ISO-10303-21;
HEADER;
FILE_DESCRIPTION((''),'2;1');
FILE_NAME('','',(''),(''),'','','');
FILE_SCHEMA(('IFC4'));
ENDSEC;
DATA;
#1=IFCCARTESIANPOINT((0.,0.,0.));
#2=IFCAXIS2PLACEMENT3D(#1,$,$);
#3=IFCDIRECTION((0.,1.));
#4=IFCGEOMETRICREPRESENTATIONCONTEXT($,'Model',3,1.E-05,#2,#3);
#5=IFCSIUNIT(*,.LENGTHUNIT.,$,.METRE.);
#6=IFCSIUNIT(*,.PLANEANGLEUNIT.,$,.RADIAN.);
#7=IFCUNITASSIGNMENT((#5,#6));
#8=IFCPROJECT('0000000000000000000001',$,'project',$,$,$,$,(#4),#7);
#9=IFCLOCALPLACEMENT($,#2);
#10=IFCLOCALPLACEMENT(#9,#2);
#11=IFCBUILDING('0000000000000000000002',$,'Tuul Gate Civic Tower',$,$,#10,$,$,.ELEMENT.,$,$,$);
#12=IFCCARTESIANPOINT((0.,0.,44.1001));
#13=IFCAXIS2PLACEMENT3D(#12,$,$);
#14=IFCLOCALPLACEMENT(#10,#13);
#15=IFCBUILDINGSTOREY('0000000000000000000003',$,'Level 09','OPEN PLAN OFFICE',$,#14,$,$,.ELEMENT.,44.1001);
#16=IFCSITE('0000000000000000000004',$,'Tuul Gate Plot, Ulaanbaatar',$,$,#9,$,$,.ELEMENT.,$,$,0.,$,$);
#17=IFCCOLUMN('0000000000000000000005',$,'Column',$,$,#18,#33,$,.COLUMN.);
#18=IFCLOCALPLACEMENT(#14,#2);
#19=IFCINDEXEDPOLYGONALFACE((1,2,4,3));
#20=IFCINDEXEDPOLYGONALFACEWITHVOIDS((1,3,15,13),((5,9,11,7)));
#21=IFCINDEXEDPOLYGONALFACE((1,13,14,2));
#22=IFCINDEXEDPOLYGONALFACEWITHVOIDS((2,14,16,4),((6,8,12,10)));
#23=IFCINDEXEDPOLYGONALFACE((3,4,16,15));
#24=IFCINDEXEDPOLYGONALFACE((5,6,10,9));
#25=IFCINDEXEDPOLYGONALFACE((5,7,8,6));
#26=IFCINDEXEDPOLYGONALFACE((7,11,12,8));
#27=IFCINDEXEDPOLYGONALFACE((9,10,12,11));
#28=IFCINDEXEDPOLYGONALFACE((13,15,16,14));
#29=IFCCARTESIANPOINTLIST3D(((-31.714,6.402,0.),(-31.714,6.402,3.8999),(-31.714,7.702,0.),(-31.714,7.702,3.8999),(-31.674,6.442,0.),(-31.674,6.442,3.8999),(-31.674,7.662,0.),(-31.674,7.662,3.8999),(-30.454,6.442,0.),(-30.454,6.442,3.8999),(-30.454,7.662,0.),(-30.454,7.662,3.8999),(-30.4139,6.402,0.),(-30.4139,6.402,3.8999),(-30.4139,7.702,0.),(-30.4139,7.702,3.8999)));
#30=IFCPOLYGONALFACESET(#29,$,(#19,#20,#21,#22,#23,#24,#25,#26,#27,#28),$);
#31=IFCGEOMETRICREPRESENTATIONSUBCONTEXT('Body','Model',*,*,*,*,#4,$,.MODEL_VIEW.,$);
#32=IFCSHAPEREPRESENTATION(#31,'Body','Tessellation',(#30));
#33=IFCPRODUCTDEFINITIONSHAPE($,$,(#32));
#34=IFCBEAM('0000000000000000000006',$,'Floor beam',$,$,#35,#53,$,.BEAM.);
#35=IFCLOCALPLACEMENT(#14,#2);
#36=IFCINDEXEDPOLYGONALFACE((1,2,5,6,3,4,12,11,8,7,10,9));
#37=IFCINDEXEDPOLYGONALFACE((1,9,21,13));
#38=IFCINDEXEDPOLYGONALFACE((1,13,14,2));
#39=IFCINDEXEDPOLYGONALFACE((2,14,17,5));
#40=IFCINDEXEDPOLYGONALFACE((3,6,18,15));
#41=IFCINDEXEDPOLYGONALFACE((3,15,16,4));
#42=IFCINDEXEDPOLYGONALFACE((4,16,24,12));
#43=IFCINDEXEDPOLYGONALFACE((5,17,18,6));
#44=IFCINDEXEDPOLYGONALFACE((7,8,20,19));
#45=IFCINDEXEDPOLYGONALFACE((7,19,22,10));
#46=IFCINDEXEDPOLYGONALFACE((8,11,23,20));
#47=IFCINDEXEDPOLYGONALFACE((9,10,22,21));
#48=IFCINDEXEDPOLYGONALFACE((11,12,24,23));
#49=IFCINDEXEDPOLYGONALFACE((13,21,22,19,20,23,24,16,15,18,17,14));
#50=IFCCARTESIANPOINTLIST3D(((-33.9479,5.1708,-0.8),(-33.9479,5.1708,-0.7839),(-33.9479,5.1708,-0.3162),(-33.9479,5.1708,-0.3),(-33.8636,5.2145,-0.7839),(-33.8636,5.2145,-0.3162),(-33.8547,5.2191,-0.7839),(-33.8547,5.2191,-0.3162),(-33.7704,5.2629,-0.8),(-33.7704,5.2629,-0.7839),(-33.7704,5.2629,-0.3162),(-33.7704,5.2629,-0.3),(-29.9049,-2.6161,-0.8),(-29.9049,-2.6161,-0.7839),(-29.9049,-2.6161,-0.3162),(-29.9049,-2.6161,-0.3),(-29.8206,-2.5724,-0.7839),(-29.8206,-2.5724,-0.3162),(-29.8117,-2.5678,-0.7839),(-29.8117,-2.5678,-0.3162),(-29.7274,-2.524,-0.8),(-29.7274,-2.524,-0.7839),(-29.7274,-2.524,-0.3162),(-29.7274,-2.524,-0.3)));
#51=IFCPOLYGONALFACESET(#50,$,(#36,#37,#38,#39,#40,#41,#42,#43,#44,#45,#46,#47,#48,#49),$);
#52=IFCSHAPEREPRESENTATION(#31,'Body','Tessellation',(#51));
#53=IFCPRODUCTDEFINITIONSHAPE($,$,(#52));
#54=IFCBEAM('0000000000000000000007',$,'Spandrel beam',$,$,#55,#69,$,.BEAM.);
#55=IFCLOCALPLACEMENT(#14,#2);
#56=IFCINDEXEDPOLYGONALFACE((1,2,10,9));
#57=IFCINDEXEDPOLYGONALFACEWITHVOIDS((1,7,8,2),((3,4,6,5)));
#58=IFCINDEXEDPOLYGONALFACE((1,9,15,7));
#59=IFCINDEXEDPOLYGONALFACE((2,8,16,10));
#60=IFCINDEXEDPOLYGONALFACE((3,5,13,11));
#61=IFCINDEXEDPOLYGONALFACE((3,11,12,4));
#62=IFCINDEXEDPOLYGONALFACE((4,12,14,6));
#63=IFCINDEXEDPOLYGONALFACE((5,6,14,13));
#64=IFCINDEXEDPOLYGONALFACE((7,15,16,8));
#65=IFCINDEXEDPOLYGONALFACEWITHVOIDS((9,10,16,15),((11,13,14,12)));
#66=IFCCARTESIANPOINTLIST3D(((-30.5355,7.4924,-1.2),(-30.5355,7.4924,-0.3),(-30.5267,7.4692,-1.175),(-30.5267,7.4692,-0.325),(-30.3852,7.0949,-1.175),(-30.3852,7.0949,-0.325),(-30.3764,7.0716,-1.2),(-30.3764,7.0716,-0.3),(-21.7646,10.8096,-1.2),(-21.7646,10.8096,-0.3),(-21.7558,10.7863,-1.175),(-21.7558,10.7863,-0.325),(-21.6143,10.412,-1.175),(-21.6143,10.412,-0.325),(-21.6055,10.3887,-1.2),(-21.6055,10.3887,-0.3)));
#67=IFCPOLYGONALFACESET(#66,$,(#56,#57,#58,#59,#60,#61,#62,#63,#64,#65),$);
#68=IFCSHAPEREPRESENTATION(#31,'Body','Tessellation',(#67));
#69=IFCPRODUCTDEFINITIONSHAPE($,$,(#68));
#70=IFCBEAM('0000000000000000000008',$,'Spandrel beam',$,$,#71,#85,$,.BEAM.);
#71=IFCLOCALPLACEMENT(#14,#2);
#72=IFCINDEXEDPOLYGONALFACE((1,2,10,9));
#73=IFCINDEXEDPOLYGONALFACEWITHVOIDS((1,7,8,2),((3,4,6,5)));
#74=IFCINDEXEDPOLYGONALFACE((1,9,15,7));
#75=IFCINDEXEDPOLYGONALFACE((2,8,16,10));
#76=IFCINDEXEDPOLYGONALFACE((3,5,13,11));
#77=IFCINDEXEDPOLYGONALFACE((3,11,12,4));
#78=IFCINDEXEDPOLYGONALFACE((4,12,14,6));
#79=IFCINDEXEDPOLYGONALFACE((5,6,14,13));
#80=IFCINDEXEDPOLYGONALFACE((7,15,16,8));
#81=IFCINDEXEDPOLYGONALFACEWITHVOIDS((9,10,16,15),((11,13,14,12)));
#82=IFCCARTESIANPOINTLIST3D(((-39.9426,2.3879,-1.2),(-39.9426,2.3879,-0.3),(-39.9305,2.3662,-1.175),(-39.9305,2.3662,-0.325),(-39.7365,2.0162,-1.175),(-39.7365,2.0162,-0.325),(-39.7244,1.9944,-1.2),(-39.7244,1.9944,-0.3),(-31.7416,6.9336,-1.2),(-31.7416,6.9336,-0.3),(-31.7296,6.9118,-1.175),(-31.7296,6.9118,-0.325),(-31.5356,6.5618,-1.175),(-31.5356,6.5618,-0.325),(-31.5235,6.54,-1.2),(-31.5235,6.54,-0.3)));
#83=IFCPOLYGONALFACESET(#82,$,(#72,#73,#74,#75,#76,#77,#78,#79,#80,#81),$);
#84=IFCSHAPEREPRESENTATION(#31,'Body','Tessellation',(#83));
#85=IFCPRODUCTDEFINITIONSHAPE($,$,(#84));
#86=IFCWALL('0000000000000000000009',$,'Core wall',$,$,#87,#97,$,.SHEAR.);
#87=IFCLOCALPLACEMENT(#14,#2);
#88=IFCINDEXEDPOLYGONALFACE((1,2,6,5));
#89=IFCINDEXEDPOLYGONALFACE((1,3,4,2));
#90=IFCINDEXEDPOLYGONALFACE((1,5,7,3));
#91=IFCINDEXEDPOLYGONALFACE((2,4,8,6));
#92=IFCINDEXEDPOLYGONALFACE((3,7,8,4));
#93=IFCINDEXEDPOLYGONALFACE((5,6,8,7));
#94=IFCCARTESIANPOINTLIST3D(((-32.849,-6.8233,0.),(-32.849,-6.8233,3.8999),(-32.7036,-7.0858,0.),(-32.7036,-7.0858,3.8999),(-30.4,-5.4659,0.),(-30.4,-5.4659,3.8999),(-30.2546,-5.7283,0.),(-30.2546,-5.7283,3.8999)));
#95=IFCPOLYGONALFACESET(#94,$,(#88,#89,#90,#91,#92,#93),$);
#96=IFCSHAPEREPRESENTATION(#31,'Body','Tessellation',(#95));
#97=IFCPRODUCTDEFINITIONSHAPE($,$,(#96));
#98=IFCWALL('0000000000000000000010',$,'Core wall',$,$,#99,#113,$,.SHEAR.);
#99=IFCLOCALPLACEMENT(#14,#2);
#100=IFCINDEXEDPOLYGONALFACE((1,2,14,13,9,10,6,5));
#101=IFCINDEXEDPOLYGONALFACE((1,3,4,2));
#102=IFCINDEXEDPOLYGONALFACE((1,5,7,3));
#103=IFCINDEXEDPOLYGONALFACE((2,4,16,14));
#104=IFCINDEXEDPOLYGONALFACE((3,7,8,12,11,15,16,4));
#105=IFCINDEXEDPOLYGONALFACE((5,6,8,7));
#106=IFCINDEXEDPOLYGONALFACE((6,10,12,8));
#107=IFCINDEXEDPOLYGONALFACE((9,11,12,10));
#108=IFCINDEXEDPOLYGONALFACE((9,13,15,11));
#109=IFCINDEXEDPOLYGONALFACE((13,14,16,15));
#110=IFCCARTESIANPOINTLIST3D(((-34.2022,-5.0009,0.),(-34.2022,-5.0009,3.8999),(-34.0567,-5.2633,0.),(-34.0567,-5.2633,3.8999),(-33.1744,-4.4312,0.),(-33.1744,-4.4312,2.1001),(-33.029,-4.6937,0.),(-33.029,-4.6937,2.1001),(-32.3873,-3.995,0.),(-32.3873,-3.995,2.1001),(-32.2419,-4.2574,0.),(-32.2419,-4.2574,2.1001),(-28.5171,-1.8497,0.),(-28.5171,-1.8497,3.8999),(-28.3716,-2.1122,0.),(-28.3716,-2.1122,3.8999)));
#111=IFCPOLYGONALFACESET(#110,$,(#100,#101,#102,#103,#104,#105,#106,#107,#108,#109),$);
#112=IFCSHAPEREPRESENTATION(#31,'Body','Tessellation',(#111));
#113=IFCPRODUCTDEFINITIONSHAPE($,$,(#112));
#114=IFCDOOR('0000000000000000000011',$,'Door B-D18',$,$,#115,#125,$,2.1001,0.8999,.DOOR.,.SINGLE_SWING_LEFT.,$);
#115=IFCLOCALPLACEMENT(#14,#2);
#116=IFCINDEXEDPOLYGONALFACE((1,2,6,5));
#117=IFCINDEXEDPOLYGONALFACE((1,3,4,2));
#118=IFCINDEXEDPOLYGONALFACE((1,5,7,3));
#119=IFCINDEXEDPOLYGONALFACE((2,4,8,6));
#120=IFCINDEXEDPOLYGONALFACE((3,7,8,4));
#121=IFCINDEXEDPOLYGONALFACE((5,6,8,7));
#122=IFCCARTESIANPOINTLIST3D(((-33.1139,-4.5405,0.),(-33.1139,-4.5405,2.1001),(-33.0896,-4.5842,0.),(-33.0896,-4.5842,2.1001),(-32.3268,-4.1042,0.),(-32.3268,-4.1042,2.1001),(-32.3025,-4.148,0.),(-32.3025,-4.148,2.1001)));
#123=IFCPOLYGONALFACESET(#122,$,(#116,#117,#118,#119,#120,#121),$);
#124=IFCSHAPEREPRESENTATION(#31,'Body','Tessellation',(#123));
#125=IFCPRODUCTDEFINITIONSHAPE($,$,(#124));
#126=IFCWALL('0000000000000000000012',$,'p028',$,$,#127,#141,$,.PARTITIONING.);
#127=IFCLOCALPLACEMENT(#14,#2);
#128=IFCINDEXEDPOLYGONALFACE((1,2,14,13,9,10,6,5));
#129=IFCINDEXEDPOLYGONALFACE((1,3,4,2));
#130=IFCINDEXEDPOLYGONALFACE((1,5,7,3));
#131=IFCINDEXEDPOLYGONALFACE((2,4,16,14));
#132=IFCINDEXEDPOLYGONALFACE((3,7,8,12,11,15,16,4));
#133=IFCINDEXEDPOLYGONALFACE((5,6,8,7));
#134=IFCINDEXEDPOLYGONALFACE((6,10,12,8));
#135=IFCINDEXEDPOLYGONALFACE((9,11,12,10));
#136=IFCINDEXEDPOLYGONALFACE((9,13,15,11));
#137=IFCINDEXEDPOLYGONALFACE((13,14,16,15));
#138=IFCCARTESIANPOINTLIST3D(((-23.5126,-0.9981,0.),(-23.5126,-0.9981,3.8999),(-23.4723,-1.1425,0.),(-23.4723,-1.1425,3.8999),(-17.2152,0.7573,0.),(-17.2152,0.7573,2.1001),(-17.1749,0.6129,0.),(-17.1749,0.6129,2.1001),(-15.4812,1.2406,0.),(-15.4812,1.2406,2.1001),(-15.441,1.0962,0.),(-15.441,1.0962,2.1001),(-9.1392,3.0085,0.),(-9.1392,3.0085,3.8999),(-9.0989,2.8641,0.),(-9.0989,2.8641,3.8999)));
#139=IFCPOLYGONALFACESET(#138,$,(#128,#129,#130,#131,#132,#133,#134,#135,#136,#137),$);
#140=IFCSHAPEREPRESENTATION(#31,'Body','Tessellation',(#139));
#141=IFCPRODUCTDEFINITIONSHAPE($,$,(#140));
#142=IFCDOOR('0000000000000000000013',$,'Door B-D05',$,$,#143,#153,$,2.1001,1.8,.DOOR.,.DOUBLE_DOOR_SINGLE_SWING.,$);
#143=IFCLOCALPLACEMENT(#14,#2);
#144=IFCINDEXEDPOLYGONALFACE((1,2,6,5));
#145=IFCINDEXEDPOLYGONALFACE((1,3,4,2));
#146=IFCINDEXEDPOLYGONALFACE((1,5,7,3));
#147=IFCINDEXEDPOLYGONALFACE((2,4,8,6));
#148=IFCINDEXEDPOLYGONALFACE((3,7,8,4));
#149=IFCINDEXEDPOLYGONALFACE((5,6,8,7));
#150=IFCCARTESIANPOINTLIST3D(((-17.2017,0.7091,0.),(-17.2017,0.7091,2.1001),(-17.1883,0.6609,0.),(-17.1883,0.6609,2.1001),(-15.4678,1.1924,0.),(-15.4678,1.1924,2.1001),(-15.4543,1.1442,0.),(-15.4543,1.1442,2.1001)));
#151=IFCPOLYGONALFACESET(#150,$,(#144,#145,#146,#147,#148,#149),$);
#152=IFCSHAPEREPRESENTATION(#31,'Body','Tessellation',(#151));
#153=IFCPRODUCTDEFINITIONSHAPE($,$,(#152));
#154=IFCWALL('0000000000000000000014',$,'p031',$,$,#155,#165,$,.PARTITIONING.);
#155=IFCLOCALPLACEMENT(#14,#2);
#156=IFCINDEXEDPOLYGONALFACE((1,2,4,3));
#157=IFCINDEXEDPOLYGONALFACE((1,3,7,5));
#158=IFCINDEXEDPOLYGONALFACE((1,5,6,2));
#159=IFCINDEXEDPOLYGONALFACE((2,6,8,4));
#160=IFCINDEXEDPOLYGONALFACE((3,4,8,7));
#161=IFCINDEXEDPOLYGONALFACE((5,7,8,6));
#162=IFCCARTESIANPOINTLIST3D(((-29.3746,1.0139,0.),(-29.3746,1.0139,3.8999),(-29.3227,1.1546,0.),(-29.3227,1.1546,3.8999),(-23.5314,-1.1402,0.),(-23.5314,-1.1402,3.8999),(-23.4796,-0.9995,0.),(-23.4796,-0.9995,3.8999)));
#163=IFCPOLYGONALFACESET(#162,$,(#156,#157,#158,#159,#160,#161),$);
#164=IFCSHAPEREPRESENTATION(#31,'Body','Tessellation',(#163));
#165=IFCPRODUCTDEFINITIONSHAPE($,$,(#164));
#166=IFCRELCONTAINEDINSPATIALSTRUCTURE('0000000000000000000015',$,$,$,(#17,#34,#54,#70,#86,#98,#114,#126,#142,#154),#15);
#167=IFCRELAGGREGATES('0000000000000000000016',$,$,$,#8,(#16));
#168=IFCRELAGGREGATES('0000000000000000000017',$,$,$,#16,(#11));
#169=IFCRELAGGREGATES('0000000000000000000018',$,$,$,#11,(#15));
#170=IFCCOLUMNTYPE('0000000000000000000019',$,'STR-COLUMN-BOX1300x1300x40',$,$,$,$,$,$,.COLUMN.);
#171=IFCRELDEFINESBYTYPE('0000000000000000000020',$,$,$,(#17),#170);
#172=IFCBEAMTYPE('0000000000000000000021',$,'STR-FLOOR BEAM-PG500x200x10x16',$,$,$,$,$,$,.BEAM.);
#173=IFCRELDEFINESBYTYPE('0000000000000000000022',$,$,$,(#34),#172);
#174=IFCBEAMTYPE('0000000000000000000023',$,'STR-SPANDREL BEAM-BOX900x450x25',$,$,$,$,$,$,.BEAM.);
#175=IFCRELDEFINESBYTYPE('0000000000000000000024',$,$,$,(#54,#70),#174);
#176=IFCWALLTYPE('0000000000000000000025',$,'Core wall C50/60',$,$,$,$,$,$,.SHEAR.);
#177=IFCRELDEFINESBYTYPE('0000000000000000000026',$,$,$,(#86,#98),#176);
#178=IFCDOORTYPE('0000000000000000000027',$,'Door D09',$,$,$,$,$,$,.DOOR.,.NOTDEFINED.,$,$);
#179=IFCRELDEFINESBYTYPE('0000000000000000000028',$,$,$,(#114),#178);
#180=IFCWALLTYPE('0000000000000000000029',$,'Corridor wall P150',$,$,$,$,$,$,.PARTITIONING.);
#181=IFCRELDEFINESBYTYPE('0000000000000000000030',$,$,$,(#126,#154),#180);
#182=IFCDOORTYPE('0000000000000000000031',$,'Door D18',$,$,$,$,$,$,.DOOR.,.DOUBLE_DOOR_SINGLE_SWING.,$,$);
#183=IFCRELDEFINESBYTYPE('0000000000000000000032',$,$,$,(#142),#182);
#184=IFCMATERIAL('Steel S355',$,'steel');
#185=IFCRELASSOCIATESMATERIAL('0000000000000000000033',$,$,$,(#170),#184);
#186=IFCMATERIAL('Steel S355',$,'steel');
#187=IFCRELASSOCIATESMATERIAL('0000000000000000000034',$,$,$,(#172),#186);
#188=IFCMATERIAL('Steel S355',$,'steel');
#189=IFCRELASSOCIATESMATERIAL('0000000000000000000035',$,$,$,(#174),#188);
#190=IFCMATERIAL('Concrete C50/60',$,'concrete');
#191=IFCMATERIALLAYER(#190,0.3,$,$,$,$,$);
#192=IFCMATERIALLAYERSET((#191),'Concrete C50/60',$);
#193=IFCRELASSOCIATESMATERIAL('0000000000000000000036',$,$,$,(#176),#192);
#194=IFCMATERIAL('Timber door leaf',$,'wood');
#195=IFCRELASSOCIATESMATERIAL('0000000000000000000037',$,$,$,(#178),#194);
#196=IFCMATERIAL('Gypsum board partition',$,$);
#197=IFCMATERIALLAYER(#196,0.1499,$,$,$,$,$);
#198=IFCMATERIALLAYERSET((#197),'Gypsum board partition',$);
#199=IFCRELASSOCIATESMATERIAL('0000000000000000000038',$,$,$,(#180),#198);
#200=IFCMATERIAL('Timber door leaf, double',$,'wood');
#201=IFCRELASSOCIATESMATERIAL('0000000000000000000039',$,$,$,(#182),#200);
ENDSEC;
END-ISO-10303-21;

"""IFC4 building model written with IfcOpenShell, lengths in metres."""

from ifc_helpers import new_model, si_unit, direction, frame, frame_2d, origin, origin_2d, place, context, subcontext, project, spatial, rectangle, hollow_rectangle, i_section, extrude, material, layer, layer_set, material_profile, profile_set, type_object, element, fill, save


model = new_model("IFC4")

# Units and contexts
model_context = context("Model", 3, precision=1e-05, world=origin(), true_north=direction((0.0, 1.0)))
body_context = subcontext(model_context, "Body", "Model", "MODEL_VIEW")
ifc_project = project(units=[si_unit("LENGTHUNIT", "METRE"), si_unit("PLANEANGLEUNIT", "RADIAN")], contexts=[model_context])

# Site, building, storey
site_placement = place(None, origin())
site = spatial("IfcSite", under=ifc_project, at=site_placement, Name="Tuul Gate Plot, Ulaanbaatar", CompositionType="ELEMENT", RefElevation=0.0)
building_placement = place(site_placement, origin())
building = spatial("IfcBuilding", under=site, at=building_placement, Name="Tuul Gate Civic Tower", CompositionType="ELEMENT")
storey_placement = place(building_placement, frame((0.0, 0.0, 44.1001)))
storey = spatial("IfcBuildingStorey", under=building, at=storey_placement, Name="Level 09", Description="OPEN PLAN OFFICE", CompositionType="ELEMENT", Elevation=44.1001)

# Column
ifc_material_1 = material(Name="Steel S355", Category="steel")
ifc_material_profile_1 = material_profile(ifc_material_1, hollow_rectangle(XDim=1.3, YDim=1.3, WallThickness=0.04, at=origin_2d()), Name="BOX1300x1300x40")
ifc_profile_set_1 = profile_set([ifc_material_profile_1], Name="Steel S355")
column_type = type_object("IfcColumnType", Name="STR-COLUMN-BOX1300x1300x40", PredefinedType="COLUMN", material=ifc_profile_set_1)
column_placement = place(storey_placement, frame((-31.064, 7.052, 0.0), z_axis=(0.0, 0.0, 1.0), x_axis=(1.0, 0.0, 0.0)))
element("IfcColumn", 1, at=column_placement, inside=storey, type_object=column_type, Name="Column", PredefinedType="COLUMN", context=body_context, shape_type="SweptSolid", body=[
    extrude(hollow_rectangle(XDim=1.3, YDim=1.3, WallThickness=0.04, at=origin_2d()), origin(), (0.0, 0.0, 1.0), 3.8999),
])

# Beams
ifc_material_2 = material(Name="Steel S355", Category="steel")
ifc_material_profile_2 = material_profile(ifc_material_2, i_section(OverallWidth=0.2, OverallDepth=0.5, WebThickness=0.01, FlangeThickness=0.0161, at=origin_2d()), Name="PG500x200x10x16")
ifc_profile_set_2 = profile_set([ifc_material_profile_2], Name="Steel S355")
beam_type_1 = type_object("IfcBeamType", Name="STR-FLOOR BEAM-PG500x200x10x16", PredefinedType="BEAM", material=ifc_profile_set_2)
beam_1_placement = place(storey_placement, frame((-29.8162, -2.5701, -0.55), z_axis=(-0.460796, 0.887506, 0.0), x_axis=(-0.887506, -0.460796, 0.0)))
element("IfcBeam", 2, at=beam_1_placement, inside=storey, type_object=beam_type_1, Name="Floor beam", PredefinedType="BEAM", context=body_context, shape_type="SweptSolid", body=[
    extrude(i_section(OverallWidth=0.2, OverallDepth=0.5, WebThickness=0.01, FlangeThickness=0.0161, at=origin_2d()), origin(), (0.0, 0.0, 1.0), 8.7739),
])
ifc_material_3 = material(Name="Steel S355", Category="steel")
ifc_material_profile_3 = material_profile(ifc_material_3, hollow_rectangle(XDim=0.45, YDim=0.8999, WallThickness=0.0249, at=origin_2d()), Name="BOX900x450x25")
ifc_profile_set_3 = profile_set([ifc_material_profile_3], Name="Steel S355")
beam_type_2 = type_object("IfcBeamType", Name="STR-SPANDREL BEAM-BOX900x450x25", PredefinedType="BEAM", material=ifc_profile_set_3)
beam_2_placement = place(storey_placement, frame((-21.6851, 10.5991, -0.75), z_axis=(-0.935343, -0.353741, 0.0), x_axis=(0.353741, -0.935343, 0.0)))
element("IfcBeam", 3, at=beam_2_placement, inside=storey, type_object=beam_type_2, Name="Spandrel beam", PredefinedType="BEAM", context=body_context, shape_type="SweptSolid", body=[
    extrude(hollow_rectangle(XDim=0.45, YDim=0.8999, WallThickness=0.0249, at=origin_2d()), origin(), (0.0, 0.0, 1.0), 9.3772),
])
beam_3_placement = place(storey_placement, frame((-31.6326, 6.7368, -0.75), z_axis=(-0.874628, -0.484794, 0.0), x_axis=(0.484794, -0.874628, 0.0)))
element("IfcBeam", 4, at=beam_3_placement, inside=storey, type_object=beam_type_2, Name="Spandrel beam", PredefinedType="BEAM", context=body_context, shape_type="SweptSolid", body=[
    extrude(hollow_rectangle(XDim=0.45, YDim=0.8999, WallThickness=0.0249, at=origin_2d()), origin(), (0.0, 0.0, 1.0), 9.3765),
])

# Wall
ifc_material_4 = material(Name="Concrete C50/60", Category="concrete")
ifc_layer_1 = layer(ifc_material_4, 0.3)
ifc_layer_set_1 = layer_set([ifc_layer_1], Name="Concrete C50/60")
wall_type_1 = type_object("IfcWallType", Name="Core wall C50/60", PredefinedType="SHEAR", material=ifc_layer_set_1)
wall_1_placement = place(storey_placement, frame((-30.3274, -5.5972, 0.0), z_axis=(0.0, 0.0, 1.0), x_axis=(-0.87463, -0.484791, 0.0)))
element("IfcWall", 5, at=wall_1_placement, inside=storey, type_object=wall_type_1, Name="Core wall", PredefinedType="SHEAR", context=body_context, shape_type="SweptSolid", body=[
    extrude(rectangle(XDim=2.8, YDim=0.3, at=frame_2d((1.3999, 0.0))), origin(), (0.0, 0.0, 1.0), 3.8999),
])

# Walls, openings, doors
wall_2_placement = place(storey_placement, frame((-28.4443, -1.981, 0.0), z_axis=(0.0, 0.0, 1.0), x_axis=(-0.87463, -0.484791, 0.0)))
wall_2 = element("IfcWall", 6, at=wall_2_placement, inside=storey, type_object=wall_type_1, Name="Core wall", PredefinedType="SHEAR", context=body_context, shape_type="SweptSolid", body=[
    extrude(rectangle(XDim=6.5, YDim=0.3, at=frame_2d((3.25, 0.0))), origin(), (0.0, 0.0, 1.0), 3.8999),
])
opening_1_placement = place(wall_2_placement, frame((4.425, 0.0, 0.0)))
opening_1 = element("IfcOpeningElement", 7, at=opening_1_placement, cuts=wall_2, PredefinedType="OPENING", context=body_context, shape_type="SweptSolid", body=[
    extrude(rectangle(XDim=0.8999, YDim=2.1001, at=frame_2d((0.45, 1.05))), frame((0.0, 0.1602, 0.0), z_axis=(0.0, -1.0, 0.0), x_axis=(1.0, 0.0, 0.0)), (0.0, 0.0, 1.0), 0.3201),
])
ifc_material_5 = material(Name="Timber door leaf", Category="wood")
door_type_1 = type_object("IfcDoorType", Name="Door D09", OperationType="NOTDEFINED", PredefinedType="DOOR", material=ifc_material_5)
door_1_placement = place(opening_1_placement, origin())
door_1 = element("IfcDoor", 8, at=door_1_placement, inside=storey, type_object=door_type_1, Name="Door B-D18", OperationType="SINGLE_SWING_LEFT", OverallHeight=2.1001, OverallWidth=0.8999, PredefinedType="DOOR", context=body_context, shape_type="SweptSolid", body=[
    extrude(rectangle(XDim=0.8999, YDim=2.1001, at=frame_2d((0.45, 1.05))), frame((0.0, 0.0249, 0.0), z_axis=(0.0, -1.0, 0.0), x_axis=(1.0, 0.0, 0.0)), (0.0, 0.0, 1.0), 0.05),
])
fill(opening_1, door_1)
ifc_material_6 = material(Name="Gypsum board partition")
ifc_layer_2 = layer(ifc_material_6, 0.1499)
ifc_layer_set_2 = layer_set([ifc_layer_2], Name="Gypsum board partition")
wall_type_2 = type_object("IfcWallType", Name="Corridor wall P150", PredefinedType="PARTITIONING", material=ifc_layer_set_2)
wall_3_placement = place(storey_placement, frame((-23.4924, -1.0703, 0.0), z_axis=(0.0, 0.0, 1.0), x_axis=(0.963275, 0.268515, 0.0)))
wall_3 = element("IfcWall", 9, at=wall_3_placement, inside=storey, type_object=wall_type_2, Name="p028", PredefinedType="PARTITIONING", context=body_context, shape_type="SweptSolid", body=[
    extrude(rectangle(XDim=14.9214, YDim=0.1499, at=frame_2d((7.4607, 0.0))), origin(), (0.0, 0.0, 1.0), 3.8999),
])
opening_2_placement = place(wall_3_placement, frame((6.5376, 0.0, 0.0)))
opening_2 = element("IfcOpeningElement", 10, at=opening_2_placement, cuts=wall_3, PredefinedType="OPENING", context=body_context, shape_type="SweptSolid", body=[
    extrude(rectangle(XDim=1.8, YDim=2.1001, at=frame_2d((0.8999, 1.05))), frame((0.0, 0.085, 0.0), z_axis=(0.0, -1.0, 0.0), x_axis=(1.0, 0.0, 0.0)), (0.0, 0.0, 1.0), 0.1699),
])
ifc_material_7 = material(Name="Timber door leaf, double", Category="wood")
door_type_2 = type_object("IfcDoorType", Name="Door D18", OperationType="DOUBLE_DOOR_SINGLE_SWING", PredefinedType="DOOR", material=ifc_material_7)
door_2_placement = place(opening_2_placement, origin())
door_2 = element("IfcDoor", 11, at=door_2_placement, inside=storey, type_object=door_type_2, Name="Door B-D05", OperationType="DOUBLE_DOOR_SINGLE_SWING", OverallHeight=2.1001, OverallWidth=1.8, PredefinedType="DOOR", context=body_context, shape_type="SweptSolid", body=[
    extrude(rectangle(XDim=1.8, YDim=2.1001, at=frame_2d((0.8999, 1.05))), frame((0.0, 0.0249, 0.0), z_axis=(0.0, -1.0, 0.0), x_axis=(1.0, 0.0, 0.0)), (0.0, 0.0, 1.0), 0.05),
])
fill(opening_2, door_2)

# Wall
wall_4_placement = place(storey_placement, frame((-29.3486, 1.0842, 0.0), z_axis=(0.0, 0.0, 1.0), x_axis=(0.938272, -0.345898, 0.0)))
element("IfcWall", 12, at=wall_4_placement, inside=storey, type_object=wall_type_2, Name="p031", PredefinedType="PARTITIONING", context=body_context, shape_type="SweptSolid", body=[
    extrude(rectangle(XDim=6.2275, YDim=0.1499, at=frame_2d((3.1138, 0.0))), origin(), (0.0, 0.0, 1.0), 3.8999),
])

save(model, "model.ifc")
